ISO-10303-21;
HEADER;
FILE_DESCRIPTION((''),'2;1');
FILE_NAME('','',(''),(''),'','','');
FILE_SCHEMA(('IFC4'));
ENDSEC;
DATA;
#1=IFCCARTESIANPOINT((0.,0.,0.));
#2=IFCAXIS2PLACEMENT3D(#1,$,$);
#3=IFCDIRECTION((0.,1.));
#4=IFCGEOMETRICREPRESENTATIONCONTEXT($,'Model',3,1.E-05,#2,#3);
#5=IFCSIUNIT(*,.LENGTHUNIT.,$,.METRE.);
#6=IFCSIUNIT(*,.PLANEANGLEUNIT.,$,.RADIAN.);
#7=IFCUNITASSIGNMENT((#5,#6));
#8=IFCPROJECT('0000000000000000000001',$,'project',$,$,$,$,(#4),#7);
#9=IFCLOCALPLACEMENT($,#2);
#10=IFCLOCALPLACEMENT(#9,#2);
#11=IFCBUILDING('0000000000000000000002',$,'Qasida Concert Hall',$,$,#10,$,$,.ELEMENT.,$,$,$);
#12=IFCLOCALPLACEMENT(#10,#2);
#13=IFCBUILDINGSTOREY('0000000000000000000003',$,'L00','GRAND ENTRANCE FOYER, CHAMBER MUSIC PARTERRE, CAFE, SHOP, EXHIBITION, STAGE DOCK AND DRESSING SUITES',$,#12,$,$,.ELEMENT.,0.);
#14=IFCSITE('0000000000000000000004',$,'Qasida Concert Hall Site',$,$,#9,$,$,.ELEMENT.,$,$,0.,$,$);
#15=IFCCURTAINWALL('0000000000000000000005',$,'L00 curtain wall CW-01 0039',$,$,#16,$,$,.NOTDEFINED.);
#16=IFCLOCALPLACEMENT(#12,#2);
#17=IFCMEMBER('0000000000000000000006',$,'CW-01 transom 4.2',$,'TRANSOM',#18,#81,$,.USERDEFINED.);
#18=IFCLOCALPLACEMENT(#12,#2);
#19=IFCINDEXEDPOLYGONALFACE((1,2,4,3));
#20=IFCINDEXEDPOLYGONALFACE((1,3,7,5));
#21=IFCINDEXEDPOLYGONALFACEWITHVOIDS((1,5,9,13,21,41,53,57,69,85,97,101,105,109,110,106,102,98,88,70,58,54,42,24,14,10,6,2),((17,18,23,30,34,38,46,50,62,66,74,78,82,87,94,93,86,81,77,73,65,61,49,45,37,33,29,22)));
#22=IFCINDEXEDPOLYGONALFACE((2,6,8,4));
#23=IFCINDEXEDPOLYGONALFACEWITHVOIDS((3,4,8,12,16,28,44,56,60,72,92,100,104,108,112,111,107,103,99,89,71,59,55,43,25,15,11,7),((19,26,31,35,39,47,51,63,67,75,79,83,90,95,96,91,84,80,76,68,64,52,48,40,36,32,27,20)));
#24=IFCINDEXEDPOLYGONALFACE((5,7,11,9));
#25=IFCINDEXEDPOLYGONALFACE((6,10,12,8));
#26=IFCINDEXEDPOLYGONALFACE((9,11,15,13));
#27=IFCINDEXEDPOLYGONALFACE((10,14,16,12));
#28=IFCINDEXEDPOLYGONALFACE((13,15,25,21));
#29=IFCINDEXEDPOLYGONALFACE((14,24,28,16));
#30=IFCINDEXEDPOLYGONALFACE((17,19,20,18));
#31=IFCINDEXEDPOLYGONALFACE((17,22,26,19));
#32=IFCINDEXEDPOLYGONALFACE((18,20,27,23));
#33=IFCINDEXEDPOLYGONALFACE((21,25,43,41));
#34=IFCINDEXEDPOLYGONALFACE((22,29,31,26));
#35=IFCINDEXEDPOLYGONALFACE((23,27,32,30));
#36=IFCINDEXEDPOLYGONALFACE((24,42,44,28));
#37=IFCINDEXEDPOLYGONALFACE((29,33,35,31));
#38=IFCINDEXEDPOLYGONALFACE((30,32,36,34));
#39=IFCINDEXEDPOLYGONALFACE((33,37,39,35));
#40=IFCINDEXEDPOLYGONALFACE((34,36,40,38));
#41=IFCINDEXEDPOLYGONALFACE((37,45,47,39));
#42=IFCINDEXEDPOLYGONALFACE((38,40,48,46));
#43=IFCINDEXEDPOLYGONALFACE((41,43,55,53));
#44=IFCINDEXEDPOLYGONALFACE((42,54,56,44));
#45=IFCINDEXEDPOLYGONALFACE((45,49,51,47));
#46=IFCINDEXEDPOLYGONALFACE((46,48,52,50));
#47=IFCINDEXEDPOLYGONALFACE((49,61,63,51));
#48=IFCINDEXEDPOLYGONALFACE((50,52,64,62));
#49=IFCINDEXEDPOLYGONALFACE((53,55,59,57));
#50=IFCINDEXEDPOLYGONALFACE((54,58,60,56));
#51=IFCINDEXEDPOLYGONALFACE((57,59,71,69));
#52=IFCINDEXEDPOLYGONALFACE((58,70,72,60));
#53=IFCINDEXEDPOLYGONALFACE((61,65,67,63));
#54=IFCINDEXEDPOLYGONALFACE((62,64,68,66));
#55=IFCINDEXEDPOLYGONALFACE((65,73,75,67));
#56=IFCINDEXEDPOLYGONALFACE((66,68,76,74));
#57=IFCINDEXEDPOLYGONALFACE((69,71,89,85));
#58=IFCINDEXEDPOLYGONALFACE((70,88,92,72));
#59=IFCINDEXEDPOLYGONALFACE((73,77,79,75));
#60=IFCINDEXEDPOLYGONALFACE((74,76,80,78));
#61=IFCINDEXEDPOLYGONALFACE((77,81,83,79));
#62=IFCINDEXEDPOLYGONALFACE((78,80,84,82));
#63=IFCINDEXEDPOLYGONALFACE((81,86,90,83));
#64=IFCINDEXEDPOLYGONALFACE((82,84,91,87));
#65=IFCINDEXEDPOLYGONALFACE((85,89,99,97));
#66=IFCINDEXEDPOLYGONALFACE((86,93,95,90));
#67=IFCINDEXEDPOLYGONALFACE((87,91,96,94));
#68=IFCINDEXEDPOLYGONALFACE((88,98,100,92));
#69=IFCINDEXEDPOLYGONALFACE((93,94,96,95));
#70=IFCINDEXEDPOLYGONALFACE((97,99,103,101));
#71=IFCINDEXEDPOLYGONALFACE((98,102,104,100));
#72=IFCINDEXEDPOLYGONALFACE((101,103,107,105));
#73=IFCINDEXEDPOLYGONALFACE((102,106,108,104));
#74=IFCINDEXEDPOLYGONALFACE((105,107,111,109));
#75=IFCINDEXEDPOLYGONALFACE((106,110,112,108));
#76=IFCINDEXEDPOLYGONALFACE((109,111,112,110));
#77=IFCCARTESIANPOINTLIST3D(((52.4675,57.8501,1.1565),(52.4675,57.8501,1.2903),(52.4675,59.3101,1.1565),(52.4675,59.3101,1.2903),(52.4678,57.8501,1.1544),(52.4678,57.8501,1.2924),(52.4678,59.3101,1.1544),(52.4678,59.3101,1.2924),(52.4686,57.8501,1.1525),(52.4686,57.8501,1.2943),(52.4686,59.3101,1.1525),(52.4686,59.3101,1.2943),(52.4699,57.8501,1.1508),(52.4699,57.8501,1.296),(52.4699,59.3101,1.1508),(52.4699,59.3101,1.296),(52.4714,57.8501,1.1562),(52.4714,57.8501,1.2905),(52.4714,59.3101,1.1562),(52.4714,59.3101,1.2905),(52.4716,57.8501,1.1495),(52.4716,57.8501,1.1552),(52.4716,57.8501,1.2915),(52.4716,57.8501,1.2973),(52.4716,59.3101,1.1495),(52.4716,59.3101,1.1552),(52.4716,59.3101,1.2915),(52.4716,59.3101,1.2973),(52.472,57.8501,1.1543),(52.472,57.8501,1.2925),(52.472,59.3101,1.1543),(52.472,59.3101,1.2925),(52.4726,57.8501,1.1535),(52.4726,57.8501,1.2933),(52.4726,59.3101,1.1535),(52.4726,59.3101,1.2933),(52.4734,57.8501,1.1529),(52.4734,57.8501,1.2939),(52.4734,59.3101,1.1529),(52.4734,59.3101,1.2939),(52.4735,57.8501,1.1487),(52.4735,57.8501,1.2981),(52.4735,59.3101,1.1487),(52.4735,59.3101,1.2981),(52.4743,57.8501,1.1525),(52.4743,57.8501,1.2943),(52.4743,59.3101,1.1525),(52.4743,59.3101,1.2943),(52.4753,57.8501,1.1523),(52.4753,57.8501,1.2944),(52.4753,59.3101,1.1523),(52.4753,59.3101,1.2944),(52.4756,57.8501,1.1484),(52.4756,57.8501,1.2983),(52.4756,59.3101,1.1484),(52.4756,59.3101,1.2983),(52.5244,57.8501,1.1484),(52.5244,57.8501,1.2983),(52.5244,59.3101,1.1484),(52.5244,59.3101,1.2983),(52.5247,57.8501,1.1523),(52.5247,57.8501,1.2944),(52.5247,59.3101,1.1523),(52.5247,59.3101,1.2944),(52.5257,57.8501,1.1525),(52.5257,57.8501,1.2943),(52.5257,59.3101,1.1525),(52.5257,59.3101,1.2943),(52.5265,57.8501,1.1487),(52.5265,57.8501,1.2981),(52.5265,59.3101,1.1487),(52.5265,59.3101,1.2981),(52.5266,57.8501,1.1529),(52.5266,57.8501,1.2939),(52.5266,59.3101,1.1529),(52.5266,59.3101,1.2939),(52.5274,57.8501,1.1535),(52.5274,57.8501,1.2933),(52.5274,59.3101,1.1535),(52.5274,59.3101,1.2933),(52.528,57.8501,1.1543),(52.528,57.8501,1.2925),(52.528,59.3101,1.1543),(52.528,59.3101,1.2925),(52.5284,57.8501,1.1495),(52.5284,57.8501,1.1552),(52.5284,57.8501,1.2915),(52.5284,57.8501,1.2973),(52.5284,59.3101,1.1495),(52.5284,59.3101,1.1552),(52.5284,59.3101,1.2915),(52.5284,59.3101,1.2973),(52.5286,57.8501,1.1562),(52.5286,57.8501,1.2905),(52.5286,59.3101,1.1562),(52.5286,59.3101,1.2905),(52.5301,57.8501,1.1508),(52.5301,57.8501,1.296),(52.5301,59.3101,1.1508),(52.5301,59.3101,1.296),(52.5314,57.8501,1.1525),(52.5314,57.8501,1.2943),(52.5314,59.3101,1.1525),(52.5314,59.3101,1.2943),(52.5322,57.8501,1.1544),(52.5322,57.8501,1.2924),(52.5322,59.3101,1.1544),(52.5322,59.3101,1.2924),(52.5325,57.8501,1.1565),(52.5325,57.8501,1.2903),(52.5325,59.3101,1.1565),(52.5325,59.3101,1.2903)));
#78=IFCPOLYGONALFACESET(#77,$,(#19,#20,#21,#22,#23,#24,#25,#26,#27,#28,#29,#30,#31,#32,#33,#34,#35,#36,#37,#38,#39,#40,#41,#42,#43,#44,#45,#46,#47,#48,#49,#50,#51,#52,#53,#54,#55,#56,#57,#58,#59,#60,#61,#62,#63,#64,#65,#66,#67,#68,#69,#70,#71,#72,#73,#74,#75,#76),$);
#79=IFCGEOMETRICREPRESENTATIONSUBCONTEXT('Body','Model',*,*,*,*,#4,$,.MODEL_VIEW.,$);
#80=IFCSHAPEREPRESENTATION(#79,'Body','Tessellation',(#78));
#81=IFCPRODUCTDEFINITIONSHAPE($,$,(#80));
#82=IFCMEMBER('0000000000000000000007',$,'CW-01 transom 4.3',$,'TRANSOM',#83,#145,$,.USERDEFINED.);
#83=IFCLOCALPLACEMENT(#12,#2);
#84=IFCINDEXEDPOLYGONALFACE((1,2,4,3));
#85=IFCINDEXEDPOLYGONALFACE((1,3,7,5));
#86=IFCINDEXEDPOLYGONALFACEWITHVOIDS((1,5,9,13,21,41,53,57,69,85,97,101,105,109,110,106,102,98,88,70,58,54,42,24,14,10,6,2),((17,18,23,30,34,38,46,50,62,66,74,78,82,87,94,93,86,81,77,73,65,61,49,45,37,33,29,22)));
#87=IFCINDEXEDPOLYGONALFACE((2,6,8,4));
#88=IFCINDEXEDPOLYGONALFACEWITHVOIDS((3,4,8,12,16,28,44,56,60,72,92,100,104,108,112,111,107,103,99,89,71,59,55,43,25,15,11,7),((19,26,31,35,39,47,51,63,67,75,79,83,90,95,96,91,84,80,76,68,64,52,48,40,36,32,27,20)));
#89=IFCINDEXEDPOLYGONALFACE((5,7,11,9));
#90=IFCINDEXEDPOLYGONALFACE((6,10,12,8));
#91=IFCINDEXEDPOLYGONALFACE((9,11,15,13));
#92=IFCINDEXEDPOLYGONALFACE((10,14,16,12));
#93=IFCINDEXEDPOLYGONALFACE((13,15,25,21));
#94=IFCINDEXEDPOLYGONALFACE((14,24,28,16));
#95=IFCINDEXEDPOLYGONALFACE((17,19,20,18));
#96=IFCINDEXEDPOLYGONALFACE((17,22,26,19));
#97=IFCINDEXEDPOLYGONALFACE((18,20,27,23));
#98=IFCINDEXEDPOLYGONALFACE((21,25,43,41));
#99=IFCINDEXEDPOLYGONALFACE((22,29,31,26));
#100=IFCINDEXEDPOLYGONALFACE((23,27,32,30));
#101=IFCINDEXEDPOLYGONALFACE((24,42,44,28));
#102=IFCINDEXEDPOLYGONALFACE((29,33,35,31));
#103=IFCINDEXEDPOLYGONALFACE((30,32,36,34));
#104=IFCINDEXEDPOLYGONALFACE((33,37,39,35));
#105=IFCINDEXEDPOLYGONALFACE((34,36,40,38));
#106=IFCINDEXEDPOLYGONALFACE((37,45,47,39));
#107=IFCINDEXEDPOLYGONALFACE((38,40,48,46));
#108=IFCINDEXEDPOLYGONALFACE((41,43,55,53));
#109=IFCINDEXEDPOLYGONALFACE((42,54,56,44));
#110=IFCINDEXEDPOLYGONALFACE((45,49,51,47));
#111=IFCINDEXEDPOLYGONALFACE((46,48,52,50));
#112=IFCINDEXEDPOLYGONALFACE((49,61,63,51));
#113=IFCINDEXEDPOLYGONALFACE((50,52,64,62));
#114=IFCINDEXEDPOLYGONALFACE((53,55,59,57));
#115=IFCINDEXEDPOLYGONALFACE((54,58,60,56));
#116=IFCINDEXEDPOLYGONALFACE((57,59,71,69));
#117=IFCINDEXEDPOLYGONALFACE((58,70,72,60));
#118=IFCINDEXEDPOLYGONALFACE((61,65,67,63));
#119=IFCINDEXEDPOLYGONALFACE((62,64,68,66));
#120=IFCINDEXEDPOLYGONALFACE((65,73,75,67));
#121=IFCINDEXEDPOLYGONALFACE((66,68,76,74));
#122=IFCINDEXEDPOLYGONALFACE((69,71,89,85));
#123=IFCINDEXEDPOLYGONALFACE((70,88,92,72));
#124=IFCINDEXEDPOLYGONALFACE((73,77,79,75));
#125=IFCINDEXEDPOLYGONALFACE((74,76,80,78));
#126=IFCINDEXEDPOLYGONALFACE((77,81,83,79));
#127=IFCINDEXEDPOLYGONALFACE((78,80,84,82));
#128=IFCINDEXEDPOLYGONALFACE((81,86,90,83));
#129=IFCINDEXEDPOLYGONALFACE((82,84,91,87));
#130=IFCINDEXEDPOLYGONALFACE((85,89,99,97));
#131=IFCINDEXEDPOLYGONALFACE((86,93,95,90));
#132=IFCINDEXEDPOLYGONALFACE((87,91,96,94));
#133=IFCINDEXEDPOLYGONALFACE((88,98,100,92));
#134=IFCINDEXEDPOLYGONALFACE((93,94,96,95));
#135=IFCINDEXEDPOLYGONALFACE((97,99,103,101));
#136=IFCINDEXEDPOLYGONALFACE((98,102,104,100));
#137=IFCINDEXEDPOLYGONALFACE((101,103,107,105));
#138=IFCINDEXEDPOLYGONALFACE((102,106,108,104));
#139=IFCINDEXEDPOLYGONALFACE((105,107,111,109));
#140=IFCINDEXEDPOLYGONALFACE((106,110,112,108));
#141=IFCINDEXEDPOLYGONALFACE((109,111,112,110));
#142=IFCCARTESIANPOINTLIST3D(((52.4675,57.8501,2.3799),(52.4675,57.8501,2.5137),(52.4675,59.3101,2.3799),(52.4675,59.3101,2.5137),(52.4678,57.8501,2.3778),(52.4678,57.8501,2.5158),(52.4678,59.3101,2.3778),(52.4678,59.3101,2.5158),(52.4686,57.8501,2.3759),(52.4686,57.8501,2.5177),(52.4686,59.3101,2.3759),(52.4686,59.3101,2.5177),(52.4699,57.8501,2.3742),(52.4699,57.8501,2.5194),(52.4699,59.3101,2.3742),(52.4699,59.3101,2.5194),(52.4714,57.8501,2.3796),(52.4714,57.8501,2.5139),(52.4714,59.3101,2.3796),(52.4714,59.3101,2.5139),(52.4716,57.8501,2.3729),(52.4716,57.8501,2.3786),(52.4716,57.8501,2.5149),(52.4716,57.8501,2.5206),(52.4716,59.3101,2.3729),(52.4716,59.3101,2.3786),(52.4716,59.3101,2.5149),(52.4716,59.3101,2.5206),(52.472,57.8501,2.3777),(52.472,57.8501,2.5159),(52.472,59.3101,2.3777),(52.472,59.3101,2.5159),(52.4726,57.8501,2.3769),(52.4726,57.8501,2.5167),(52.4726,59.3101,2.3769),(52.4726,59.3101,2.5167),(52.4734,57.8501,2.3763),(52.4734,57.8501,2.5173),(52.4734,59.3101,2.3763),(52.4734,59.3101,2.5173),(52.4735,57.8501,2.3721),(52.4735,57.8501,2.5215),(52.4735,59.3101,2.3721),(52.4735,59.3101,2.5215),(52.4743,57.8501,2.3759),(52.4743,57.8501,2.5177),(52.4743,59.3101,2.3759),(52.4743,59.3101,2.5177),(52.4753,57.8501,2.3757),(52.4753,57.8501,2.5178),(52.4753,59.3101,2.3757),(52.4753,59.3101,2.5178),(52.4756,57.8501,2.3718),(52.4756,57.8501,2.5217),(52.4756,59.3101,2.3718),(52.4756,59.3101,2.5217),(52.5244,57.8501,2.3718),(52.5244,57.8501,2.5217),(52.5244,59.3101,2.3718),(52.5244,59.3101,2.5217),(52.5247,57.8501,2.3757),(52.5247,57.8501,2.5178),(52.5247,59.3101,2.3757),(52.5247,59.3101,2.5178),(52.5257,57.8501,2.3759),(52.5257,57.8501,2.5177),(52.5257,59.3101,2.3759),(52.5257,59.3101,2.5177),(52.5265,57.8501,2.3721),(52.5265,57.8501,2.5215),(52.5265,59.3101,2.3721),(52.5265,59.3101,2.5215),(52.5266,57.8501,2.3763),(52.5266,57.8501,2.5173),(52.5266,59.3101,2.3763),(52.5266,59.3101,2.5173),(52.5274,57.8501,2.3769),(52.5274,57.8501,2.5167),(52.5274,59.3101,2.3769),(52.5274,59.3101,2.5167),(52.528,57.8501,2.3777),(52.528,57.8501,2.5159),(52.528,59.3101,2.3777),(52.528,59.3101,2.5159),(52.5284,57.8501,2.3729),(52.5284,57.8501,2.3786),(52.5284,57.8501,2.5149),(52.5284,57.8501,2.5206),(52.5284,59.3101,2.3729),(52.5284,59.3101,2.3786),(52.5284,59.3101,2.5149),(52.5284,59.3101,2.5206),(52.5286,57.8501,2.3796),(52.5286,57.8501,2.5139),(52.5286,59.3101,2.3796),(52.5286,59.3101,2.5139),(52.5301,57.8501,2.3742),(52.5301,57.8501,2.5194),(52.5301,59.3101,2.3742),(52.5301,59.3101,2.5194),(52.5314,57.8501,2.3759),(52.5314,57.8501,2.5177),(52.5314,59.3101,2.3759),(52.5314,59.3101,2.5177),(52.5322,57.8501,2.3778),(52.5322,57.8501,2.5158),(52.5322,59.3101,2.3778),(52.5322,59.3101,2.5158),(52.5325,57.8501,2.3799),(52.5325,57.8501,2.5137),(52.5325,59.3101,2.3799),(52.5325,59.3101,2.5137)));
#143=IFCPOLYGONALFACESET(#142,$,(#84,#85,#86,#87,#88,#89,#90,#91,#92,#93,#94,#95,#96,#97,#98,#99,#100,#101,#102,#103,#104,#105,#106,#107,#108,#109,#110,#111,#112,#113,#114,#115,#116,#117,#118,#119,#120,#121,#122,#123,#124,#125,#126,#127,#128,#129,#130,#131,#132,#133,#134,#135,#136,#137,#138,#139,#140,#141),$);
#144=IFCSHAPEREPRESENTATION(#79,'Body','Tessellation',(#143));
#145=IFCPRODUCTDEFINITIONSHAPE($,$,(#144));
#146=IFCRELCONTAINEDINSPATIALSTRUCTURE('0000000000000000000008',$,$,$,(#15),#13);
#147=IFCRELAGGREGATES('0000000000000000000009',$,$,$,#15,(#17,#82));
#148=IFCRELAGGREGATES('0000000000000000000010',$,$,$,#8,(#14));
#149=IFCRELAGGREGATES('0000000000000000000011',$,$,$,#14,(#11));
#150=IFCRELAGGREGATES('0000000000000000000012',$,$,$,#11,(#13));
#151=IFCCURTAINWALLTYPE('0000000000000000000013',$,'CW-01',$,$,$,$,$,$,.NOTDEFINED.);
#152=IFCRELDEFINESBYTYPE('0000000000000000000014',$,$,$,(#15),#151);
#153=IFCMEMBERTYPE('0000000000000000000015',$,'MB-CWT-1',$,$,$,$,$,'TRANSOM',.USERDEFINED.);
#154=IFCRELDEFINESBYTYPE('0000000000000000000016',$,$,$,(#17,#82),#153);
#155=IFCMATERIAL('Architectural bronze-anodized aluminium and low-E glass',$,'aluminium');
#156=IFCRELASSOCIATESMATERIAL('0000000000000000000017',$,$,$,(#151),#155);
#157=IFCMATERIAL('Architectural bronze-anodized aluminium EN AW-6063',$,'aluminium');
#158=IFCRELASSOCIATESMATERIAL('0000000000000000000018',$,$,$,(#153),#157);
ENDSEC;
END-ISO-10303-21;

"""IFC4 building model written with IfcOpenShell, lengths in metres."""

from ifc_helpers import new_model, si_unit, direction, frame, origin, origin_2d, place, context, subcontext, project, spatial, hollow_rectangle, extrude, material, material_profile, profile_set, type_object, element, aggregate, save


model = new_model("IFC4")

# Units and contexts
model_context = context("Model", 3, precision=1e-05, world=origin(), true_north=direction((0.0, 1.0)))
body_context = subcontext(model_context, "Body", "Model", "MODEL_VIEW")
ifc_project = project(units=[si_unit("LENGTHUNIT", "METRE"), si_unit("PLANEANGLEUNIT", "RADIAN")], contexts=[model_context])

# Site, building, storey
site_placement = place(None, origin())
site = spatial("IfcSite", under=ifc_project, at=site_placement, Name="Qasida Concert Hall Site", CompositionType="ELEMENT", RefElevation=0.0)
building_placement = place(site_placement, origin())
building = spatial("IfcBuilding", under=site, at=building_placement, Name="Qasida Concert Hall", CompositionType="ELEMENT")
storey_placement = place(building_placement, origin())
storey = spatial("IfcBuildingStorey", under=building, at=storey_placement, Name="L00", Description="GRAND ENTRANCE FOYER, CHAMBER MUSIC PARTERRE, CAFE, SHOP, EXHIBITION, STAGE DOCK AND DRESSING SUITES", CompositionType="ELEMENT", Elevation=0.0)

# Curtain wall, members
ifc_material_1 = material(Name="Architectural bronze-anodized aluminium and low-E glass", Category="aluminium")
curtain_wall_type = type_object("IfcCurtainWallType", Name="CW-01", PredefinedType="NOTDEFINED", material=ifc_material_1)
curtain_wall_placement = place(storey_placement, origin())
curtain_wall = element("IfcCurtainWall", 1, at=curtain_wall_placement, inside=storey, type_object=curtain_wall_type, Name="L00 curtain wall CW-01 0039", PredefinedType="NOTDEFINED")
ifc_material_2 = material(Name="Architectural bronze-anodized aluminium EN AW-6063", Category="aluminium")
ifc_material_profile_1 = material_profile(ifc_material_2, hollow_rectangle(XDim=0.0649, YDim=0.1499, WallThickness=0.0039, InnerFilletRadius=0.0039, OuterFilletRadius=0.0081, at=origin_2d()), Name="CWT 150x65x4")
ifc_profile_set_1 = profile_set([ifc_material_profile_1], Name="Architectural bronze-anodized aluminium EN AW-6063")
member_type_1 = type_object("IfcMemberType", Name="MB-CWT-1", ElementType="TRANSOM", PredefinedType="USERDEFINED", material=ifc_profile_set_1)
member_1_placement = place(storey_placement, frame((52.5, 57.8501, 1.2234), z_axis=(0.0, 1.0, 0.0), x_axis=(-1.0, 0.0, 0.0)))
member_1 = element("IfcMember", 2, at=member_1_placement, type_object=member_type_1, Name="CW-01 transom 4.2", ObjectType="TRANSOM", PredefinedType="USERDEFINED", context=body_context, shape_type="SweptSolid", body=[
    extrude(hollow_rectangle(XDim=0.0649, YDim=0.1499, WallThickness=0.0039, InnerFilletRadius=0.0039, OuterFilletRadius=0.0081, at=origin_2d()), origin(), (0.0, 0.0, 1.0), 1.46),
])
member_2_placement = place(storey_placement, frame((52.5, 57.8501, 2.4468), z_axis=(0.0, 1.0, 0.0), x_axis=(-1.0, 0.0, 0.0)))
member_2 = element("IfcMember", 3, at=member_2_placement, type_object=member_type_1, Name="CW-01 transom 4.3", ObjectType="TRANSOM", PredefinedType="USERDEFINED", context=body_context, shape_type="SweptSolid", body=[
    extrude(hollow_rectangle(XDim=0.0649, YDim=0.1499, WallThickness=0.0039, InnerFilletRadius=0.0039, OuterFilletRadius=0.0081, at=origin_2d()), origin(), (0.0, 0.0, 1.0), 1.46),
])
aggregate(curtain_wall, [member_1, member_2])

save(model, "model.ifc")
